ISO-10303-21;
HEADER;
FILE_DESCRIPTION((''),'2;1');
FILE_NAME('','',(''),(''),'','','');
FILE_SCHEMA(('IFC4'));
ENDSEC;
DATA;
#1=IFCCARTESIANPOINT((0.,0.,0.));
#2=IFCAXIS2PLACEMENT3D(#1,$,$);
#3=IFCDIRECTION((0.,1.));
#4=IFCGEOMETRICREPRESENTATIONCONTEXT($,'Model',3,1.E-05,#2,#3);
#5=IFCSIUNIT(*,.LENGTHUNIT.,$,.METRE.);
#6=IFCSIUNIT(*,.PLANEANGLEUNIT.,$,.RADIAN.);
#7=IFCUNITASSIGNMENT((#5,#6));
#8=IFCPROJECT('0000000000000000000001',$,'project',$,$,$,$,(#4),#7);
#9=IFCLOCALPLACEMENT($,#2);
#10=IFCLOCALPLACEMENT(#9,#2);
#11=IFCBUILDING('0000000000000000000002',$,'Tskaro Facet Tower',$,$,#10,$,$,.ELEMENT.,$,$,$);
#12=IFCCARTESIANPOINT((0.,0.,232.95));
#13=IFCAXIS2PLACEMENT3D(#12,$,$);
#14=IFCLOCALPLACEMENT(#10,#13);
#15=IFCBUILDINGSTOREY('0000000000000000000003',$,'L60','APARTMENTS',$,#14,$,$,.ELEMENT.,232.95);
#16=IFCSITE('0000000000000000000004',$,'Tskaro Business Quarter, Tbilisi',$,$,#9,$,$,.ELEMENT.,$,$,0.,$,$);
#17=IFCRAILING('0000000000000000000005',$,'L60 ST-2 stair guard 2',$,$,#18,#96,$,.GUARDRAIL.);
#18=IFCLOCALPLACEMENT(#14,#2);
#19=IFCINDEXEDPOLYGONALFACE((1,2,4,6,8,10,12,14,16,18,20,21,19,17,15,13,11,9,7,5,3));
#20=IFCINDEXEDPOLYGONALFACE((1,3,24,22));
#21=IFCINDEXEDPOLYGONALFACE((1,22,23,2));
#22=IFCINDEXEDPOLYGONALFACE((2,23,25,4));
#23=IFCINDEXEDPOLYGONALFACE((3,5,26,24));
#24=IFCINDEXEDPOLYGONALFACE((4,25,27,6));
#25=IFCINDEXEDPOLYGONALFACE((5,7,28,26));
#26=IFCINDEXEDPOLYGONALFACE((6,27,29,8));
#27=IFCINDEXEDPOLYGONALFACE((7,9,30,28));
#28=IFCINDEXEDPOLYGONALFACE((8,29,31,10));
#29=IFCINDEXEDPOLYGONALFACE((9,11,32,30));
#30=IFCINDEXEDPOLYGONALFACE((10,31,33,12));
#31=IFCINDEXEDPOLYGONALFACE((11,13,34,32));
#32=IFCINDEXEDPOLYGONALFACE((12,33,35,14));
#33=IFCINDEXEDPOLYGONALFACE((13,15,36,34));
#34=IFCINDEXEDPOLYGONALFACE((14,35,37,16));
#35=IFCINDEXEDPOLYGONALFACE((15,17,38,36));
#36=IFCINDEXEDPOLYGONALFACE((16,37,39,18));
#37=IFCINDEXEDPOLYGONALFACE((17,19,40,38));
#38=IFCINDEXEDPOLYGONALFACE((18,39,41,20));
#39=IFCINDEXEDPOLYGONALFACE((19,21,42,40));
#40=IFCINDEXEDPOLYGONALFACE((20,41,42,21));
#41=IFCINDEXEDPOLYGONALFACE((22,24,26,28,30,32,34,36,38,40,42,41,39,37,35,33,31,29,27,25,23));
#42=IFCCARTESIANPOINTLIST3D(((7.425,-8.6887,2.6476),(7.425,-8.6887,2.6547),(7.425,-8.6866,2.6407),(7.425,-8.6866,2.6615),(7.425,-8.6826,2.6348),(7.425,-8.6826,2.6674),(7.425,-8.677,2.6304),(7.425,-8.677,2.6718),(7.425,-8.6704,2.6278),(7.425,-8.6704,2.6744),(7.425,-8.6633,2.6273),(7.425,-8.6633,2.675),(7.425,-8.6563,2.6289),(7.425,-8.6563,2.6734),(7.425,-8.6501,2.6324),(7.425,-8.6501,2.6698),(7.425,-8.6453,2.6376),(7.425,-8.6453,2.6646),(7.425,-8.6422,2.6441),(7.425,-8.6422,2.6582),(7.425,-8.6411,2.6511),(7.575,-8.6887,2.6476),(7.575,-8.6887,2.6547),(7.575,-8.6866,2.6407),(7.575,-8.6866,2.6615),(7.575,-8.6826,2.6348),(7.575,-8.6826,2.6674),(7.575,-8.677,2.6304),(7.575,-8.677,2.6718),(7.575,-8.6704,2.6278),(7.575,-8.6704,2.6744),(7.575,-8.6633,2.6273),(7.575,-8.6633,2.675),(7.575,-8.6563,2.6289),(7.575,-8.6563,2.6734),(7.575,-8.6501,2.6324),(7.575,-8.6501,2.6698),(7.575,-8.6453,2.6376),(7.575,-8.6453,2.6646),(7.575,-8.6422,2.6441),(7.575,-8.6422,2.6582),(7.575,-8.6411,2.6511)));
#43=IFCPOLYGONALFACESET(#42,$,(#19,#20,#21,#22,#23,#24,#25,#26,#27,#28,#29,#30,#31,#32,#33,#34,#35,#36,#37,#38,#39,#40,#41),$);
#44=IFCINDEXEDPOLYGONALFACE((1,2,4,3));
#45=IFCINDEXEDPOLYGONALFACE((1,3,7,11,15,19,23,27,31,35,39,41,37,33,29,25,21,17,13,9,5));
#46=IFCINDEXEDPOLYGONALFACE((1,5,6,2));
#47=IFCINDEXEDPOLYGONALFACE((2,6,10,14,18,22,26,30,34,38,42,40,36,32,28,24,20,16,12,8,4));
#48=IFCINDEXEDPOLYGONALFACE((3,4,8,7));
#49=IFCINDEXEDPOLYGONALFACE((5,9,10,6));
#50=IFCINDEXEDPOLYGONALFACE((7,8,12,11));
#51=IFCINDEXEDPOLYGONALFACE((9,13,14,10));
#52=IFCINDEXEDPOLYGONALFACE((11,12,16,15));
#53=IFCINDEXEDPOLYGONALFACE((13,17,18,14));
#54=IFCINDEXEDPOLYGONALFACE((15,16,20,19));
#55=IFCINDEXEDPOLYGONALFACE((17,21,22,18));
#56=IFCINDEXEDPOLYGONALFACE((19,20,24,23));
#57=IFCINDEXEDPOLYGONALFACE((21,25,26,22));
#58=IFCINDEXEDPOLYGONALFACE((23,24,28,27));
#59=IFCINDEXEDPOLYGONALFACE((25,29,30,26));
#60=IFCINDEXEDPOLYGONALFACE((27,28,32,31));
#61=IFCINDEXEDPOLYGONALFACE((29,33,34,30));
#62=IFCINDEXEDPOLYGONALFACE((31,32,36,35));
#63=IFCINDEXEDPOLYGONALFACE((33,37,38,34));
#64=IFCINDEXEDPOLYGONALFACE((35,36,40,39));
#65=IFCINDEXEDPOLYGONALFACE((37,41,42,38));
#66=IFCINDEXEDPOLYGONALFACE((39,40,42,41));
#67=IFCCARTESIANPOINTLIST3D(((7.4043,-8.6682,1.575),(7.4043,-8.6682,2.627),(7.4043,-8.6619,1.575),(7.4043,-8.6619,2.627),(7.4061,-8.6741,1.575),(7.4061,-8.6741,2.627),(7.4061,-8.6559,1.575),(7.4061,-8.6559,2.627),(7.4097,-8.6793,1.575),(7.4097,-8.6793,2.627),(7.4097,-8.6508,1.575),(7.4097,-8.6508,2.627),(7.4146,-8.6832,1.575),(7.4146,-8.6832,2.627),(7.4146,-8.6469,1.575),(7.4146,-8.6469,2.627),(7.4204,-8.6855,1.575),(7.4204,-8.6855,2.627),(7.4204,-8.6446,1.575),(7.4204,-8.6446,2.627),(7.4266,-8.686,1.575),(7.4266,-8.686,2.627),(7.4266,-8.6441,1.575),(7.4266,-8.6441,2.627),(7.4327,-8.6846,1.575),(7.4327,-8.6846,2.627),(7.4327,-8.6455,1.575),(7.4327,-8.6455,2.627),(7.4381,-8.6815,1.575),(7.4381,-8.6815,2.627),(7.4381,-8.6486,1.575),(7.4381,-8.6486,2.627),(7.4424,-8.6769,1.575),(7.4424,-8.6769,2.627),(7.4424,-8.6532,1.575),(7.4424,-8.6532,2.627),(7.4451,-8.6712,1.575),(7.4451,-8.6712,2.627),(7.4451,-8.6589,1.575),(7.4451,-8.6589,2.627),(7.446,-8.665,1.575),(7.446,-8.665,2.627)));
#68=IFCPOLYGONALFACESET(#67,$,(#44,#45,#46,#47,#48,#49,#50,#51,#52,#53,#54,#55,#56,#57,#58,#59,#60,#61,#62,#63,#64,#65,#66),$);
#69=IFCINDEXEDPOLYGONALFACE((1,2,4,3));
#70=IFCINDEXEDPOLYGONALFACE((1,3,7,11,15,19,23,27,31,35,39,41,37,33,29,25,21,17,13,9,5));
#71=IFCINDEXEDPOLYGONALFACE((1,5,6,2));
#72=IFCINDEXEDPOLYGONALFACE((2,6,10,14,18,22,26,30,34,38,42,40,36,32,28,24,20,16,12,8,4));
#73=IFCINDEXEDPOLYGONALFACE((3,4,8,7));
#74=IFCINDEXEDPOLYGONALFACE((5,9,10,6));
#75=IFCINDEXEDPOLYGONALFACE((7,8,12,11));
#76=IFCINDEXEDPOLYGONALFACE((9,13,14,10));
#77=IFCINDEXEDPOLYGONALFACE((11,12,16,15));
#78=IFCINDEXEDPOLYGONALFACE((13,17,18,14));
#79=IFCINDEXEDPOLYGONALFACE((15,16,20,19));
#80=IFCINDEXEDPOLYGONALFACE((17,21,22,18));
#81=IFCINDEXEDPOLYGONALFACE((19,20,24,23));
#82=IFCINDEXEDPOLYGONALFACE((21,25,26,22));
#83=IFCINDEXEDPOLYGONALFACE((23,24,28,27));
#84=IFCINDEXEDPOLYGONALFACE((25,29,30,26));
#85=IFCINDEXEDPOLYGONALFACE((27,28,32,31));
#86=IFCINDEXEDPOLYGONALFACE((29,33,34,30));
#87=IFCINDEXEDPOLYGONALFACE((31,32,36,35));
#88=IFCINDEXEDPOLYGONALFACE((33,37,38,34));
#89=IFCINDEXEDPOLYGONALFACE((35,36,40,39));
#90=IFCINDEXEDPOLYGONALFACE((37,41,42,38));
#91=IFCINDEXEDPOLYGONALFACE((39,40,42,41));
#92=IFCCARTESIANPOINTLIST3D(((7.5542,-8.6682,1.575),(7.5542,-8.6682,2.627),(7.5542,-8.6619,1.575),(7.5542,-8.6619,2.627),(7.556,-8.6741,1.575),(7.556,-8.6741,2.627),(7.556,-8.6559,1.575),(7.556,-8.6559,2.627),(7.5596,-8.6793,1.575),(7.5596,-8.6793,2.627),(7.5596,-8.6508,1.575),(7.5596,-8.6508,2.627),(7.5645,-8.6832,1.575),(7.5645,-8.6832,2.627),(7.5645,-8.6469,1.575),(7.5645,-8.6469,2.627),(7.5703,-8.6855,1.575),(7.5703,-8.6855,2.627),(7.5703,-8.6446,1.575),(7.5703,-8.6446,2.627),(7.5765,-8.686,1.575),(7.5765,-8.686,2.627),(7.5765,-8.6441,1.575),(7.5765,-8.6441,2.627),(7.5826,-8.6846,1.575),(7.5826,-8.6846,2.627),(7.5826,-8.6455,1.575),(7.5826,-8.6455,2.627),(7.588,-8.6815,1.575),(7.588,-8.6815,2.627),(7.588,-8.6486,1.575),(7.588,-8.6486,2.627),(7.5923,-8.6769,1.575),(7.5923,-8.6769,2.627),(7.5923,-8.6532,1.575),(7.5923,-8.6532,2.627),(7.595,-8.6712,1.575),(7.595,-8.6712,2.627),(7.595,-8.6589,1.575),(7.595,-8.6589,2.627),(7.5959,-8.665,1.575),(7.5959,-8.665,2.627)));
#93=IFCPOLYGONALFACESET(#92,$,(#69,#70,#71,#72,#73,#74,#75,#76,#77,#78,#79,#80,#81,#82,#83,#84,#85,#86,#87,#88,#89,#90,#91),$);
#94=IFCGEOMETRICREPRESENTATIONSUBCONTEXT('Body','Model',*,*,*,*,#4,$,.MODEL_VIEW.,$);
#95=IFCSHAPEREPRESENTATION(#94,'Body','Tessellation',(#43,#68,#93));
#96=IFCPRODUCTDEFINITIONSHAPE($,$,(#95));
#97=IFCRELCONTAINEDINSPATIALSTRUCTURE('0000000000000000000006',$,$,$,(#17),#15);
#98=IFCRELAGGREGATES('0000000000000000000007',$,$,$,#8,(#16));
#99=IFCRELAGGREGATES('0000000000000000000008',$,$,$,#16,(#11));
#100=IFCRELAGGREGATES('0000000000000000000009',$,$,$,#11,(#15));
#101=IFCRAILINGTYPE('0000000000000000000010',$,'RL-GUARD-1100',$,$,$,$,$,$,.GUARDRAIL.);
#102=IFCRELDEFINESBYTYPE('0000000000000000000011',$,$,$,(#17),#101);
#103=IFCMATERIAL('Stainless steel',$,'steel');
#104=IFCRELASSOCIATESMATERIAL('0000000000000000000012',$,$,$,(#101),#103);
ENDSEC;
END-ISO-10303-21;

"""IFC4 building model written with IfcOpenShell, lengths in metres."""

from ifc_helpers import new_model, si_unit, direction, frame, origin, origin_2d, place, context, subcontext, project, spatial, circle, extrude, material, type_object, element, save


model = new_model("IFC4")

# Units and contexts
model_context = context("Model", 3, precision=1e-05, world=origin(), true_north=direction((0.0, 1.0)))
body_context = subcontext(model_context, "Body", "Model", "MODEL_VIEW")
ifc_project = project(units=[si_unit("LENGTHUNIT", "METRE"), si_unit("PLANEANGLEUNIT", "RADIAN")], contexts=[model_context])

# Site, building, storey
site_placement = place(None, origin())
site = spatial("IfcSite", under=ifc_project, at=site_placement, Name="Tskaro Business Quarter, Tbilisi", CompositionType="ELEMENT", RefElevation=0.0)
building_placement = place(site_placement, origin())
building = spatial("IfcBuilding", under=site, at=building_placement, Name="Tskaro Facet Tower", CompositionType="ELEMENT")
storey_placement = place(building_placement, frame((0.0, 0.0, 232.95)))
storey = spatial("IfcBuildingStorey", under=building, at=storey_placement, Name="L60", Description="APARTMENTS", CompositionType="ELEMENT", Elevation=232.95)

# Shared definitions
ifc_material_1 = material(Name="Stainless steel", Category="steel")

# Railing
railing_type_1 = type_object("IfcRailingType", Name="RL-GUARD-1100", PredefinedType="GUARDRAIL", material=ifc_material_1)
railing_1_placement = place(storey_placement, frame((7.425, -8.665, 1.575)))
element("IfcRailing", 1, at=railing_1_placement, inside=storey, type_object=railing_type_1, Name="L60 ST-2 stair guard 2", PredefinedType="GUARDRAIL", context=body_context, shape_type="SweptSolid", body=[
    extrude(circle(Radius=0.0239, at=origin_2d()), frame((0.0, 0.0, 1.0762), z_axis=(1.0, 0.0, 0.0), x_axis=(0.0, 1.0, 0.0)), (0.0, 0.0, 1.0), 0.1499),
    extrude(circle(Radius=0.021, at=origin_2d()), origin(), (0.0, 0.0, 1.0), 1.052),
    extrude(circle(Radius=0.021, at=origin_2d()), frame((0.1499, 0.0, 0.0)), (0.0, 0.0, 1.0), 1.052),
])

save(model, "model.ifc")
